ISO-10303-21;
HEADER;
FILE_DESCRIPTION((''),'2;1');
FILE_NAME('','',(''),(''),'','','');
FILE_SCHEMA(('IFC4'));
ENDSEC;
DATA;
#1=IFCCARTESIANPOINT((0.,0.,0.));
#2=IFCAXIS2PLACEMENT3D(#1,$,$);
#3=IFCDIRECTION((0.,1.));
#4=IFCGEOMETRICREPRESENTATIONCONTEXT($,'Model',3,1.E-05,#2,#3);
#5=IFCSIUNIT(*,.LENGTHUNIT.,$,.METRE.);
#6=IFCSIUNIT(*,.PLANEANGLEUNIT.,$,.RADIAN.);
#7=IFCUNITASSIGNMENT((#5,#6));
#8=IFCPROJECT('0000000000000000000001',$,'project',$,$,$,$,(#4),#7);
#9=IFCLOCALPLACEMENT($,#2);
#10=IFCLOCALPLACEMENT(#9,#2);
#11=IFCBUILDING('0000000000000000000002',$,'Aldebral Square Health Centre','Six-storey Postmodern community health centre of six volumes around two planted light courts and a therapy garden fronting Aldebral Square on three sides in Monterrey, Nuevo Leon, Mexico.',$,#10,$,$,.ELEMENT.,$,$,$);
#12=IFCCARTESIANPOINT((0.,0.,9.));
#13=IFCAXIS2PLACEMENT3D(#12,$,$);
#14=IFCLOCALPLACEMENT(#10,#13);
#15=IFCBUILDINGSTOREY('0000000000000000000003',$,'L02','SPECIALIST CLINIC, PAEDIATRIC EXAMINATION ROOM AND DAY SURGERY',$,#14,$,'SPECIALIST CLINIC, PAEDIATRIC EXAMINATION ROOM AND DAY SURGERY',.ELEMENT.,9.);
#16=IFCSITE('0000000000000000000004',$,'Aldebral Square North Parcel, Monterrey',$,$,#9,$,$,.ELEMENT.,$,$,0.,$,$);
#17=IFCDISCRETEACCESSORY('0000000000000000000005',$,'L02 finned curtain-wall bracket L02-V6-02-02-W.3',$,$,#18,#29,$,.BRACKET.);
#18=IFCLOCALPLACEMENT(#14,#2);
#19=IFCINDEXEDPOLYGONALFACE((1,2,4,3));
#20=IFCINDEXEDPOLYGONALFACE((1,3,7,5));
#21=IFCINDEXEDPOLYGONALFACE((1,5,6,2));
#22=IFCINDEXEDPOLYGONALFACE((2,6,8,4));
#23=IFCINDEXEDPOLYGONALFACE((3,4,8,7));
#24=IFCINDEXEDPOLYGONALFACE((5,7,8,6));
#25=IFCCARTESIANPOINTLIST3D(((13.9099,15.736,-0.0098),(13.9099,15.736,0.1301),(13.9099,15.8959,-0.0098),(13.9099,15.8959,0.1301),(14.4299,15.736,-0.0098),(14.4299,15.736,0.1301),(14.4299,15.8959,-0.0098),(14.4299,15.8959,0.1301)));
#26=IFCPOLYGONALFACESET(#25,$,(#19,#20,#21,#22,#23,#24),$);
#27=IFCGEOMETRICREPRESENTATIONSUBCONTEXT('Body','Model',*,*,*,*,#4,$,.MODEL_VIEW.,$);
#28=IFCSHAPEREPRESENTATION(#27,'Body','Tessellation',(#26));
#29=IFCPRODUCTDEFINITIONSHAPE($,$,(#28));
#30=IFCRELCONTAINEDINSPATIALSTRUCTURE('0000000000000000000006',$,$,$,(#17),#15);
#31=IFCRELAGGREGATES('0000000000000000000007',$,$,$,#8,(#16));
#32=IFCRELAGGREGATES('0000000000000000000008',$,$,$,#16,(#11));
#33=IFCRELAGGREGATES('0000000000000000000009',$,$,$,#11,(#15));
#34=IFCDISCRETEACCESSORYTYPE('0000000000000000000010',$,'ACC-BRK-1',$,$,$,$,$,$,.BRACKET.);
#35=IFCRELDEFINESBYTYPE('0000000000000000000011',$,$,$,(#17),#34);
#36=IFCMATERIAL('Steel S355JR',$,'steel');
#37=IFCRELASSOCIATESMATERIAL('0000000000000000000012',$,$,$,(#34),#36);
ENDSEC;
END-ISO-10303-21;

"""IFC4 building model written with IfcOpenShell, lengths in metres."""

from ifc_helpers import new_model, si_unit, direction, frame, origin, origin_2d, place, context, subcontext, project, spatial, rectangle, extrude, material, type_object, element, save


model = new_model("IFC4")

# Units and contexts
model_context = context("Model", 3, precision=1e-05, world=origin(), true_north=direction((0.0, 1.0)))
body_context = subcontext(model_context, "Body", "Model", "MODEL_VIEW")
ifc_project = project(units=[si_unit("LENGTHUNIT", "METRE"), si_unit("PLANEANGLEUNIT", "RADIAN")], contexts=[model_context])

# Site, building, storey
site_placement = place(None, origin())
site = spatial("IfcSite", under=ifc_project, at=site_placement, Name="Aldebral Square North Parcel, Monterrey", CompositionType="ELEMENT", RefElevation=0.0)
building_placement = place(site_placement, origin())
building = spatial("IfcBuilding", under=site, at=building_placement, Name="Aldebral Square Health Centre", Description="Six-storey Postmodern community health centre of six volumes around two planted light courts and a therapy garden fronting Aldebral Square on three sides in Monterrey, Nuevo Leon, Mexico.", CompositionType="ELEMENT")
storey_placement = place(building_placement, frame((0.0, 0.0, 9.0)))
storey = spatial("IfcBuildingStorey", under=building, at=storey_placement, Name="L02", Description="SPECIALIST CLINIC, PAEDIATRIC EXAMINATION ROOM AND DAY SURGERY", LongName="SPECIALIST CLINIC, PAEDIATRIC EXAMINATION ROOM AND DAY SURGERY", CompositionType="ELEMENT", Elevation=9.0)

# Discrete accessory
ifc_material_1 = material(Name="Steel S355JR", Category="steel")
discrete_accessory_type = type_object("IfcDiscreteAccessoryType", Name="ACC-BRK-1", PredefinedType="BRACKET", material=ifc_material_1)
for number, where, z_axis, x_axis, name in (
    (1, (14.1699, 15.8159, -0.0098), (0.0, 0.0, 1.0), (0.0, 1.0, 0.0), "L02 finned curtain-wall bracket L02-V6-02-02-W.3"),
):
    element("IfcDiscreteAccessory", number, at=place(storey_placement, frame(where, z_axis=z_axis, x_axis=x_axis)), inside=storey, type_object=discrete_accessory_type, Name=name, PredefinedType="BRACKET", context=body_context, shape_type="SweptSolid", body=[
        extrude(rectangle(XDim=0.1599, YDim=0.52, at=origin_2d()), origin(), (0.0, 0.0, 1.0), 0.1399),
    ])

save(model, "model.ifc")
